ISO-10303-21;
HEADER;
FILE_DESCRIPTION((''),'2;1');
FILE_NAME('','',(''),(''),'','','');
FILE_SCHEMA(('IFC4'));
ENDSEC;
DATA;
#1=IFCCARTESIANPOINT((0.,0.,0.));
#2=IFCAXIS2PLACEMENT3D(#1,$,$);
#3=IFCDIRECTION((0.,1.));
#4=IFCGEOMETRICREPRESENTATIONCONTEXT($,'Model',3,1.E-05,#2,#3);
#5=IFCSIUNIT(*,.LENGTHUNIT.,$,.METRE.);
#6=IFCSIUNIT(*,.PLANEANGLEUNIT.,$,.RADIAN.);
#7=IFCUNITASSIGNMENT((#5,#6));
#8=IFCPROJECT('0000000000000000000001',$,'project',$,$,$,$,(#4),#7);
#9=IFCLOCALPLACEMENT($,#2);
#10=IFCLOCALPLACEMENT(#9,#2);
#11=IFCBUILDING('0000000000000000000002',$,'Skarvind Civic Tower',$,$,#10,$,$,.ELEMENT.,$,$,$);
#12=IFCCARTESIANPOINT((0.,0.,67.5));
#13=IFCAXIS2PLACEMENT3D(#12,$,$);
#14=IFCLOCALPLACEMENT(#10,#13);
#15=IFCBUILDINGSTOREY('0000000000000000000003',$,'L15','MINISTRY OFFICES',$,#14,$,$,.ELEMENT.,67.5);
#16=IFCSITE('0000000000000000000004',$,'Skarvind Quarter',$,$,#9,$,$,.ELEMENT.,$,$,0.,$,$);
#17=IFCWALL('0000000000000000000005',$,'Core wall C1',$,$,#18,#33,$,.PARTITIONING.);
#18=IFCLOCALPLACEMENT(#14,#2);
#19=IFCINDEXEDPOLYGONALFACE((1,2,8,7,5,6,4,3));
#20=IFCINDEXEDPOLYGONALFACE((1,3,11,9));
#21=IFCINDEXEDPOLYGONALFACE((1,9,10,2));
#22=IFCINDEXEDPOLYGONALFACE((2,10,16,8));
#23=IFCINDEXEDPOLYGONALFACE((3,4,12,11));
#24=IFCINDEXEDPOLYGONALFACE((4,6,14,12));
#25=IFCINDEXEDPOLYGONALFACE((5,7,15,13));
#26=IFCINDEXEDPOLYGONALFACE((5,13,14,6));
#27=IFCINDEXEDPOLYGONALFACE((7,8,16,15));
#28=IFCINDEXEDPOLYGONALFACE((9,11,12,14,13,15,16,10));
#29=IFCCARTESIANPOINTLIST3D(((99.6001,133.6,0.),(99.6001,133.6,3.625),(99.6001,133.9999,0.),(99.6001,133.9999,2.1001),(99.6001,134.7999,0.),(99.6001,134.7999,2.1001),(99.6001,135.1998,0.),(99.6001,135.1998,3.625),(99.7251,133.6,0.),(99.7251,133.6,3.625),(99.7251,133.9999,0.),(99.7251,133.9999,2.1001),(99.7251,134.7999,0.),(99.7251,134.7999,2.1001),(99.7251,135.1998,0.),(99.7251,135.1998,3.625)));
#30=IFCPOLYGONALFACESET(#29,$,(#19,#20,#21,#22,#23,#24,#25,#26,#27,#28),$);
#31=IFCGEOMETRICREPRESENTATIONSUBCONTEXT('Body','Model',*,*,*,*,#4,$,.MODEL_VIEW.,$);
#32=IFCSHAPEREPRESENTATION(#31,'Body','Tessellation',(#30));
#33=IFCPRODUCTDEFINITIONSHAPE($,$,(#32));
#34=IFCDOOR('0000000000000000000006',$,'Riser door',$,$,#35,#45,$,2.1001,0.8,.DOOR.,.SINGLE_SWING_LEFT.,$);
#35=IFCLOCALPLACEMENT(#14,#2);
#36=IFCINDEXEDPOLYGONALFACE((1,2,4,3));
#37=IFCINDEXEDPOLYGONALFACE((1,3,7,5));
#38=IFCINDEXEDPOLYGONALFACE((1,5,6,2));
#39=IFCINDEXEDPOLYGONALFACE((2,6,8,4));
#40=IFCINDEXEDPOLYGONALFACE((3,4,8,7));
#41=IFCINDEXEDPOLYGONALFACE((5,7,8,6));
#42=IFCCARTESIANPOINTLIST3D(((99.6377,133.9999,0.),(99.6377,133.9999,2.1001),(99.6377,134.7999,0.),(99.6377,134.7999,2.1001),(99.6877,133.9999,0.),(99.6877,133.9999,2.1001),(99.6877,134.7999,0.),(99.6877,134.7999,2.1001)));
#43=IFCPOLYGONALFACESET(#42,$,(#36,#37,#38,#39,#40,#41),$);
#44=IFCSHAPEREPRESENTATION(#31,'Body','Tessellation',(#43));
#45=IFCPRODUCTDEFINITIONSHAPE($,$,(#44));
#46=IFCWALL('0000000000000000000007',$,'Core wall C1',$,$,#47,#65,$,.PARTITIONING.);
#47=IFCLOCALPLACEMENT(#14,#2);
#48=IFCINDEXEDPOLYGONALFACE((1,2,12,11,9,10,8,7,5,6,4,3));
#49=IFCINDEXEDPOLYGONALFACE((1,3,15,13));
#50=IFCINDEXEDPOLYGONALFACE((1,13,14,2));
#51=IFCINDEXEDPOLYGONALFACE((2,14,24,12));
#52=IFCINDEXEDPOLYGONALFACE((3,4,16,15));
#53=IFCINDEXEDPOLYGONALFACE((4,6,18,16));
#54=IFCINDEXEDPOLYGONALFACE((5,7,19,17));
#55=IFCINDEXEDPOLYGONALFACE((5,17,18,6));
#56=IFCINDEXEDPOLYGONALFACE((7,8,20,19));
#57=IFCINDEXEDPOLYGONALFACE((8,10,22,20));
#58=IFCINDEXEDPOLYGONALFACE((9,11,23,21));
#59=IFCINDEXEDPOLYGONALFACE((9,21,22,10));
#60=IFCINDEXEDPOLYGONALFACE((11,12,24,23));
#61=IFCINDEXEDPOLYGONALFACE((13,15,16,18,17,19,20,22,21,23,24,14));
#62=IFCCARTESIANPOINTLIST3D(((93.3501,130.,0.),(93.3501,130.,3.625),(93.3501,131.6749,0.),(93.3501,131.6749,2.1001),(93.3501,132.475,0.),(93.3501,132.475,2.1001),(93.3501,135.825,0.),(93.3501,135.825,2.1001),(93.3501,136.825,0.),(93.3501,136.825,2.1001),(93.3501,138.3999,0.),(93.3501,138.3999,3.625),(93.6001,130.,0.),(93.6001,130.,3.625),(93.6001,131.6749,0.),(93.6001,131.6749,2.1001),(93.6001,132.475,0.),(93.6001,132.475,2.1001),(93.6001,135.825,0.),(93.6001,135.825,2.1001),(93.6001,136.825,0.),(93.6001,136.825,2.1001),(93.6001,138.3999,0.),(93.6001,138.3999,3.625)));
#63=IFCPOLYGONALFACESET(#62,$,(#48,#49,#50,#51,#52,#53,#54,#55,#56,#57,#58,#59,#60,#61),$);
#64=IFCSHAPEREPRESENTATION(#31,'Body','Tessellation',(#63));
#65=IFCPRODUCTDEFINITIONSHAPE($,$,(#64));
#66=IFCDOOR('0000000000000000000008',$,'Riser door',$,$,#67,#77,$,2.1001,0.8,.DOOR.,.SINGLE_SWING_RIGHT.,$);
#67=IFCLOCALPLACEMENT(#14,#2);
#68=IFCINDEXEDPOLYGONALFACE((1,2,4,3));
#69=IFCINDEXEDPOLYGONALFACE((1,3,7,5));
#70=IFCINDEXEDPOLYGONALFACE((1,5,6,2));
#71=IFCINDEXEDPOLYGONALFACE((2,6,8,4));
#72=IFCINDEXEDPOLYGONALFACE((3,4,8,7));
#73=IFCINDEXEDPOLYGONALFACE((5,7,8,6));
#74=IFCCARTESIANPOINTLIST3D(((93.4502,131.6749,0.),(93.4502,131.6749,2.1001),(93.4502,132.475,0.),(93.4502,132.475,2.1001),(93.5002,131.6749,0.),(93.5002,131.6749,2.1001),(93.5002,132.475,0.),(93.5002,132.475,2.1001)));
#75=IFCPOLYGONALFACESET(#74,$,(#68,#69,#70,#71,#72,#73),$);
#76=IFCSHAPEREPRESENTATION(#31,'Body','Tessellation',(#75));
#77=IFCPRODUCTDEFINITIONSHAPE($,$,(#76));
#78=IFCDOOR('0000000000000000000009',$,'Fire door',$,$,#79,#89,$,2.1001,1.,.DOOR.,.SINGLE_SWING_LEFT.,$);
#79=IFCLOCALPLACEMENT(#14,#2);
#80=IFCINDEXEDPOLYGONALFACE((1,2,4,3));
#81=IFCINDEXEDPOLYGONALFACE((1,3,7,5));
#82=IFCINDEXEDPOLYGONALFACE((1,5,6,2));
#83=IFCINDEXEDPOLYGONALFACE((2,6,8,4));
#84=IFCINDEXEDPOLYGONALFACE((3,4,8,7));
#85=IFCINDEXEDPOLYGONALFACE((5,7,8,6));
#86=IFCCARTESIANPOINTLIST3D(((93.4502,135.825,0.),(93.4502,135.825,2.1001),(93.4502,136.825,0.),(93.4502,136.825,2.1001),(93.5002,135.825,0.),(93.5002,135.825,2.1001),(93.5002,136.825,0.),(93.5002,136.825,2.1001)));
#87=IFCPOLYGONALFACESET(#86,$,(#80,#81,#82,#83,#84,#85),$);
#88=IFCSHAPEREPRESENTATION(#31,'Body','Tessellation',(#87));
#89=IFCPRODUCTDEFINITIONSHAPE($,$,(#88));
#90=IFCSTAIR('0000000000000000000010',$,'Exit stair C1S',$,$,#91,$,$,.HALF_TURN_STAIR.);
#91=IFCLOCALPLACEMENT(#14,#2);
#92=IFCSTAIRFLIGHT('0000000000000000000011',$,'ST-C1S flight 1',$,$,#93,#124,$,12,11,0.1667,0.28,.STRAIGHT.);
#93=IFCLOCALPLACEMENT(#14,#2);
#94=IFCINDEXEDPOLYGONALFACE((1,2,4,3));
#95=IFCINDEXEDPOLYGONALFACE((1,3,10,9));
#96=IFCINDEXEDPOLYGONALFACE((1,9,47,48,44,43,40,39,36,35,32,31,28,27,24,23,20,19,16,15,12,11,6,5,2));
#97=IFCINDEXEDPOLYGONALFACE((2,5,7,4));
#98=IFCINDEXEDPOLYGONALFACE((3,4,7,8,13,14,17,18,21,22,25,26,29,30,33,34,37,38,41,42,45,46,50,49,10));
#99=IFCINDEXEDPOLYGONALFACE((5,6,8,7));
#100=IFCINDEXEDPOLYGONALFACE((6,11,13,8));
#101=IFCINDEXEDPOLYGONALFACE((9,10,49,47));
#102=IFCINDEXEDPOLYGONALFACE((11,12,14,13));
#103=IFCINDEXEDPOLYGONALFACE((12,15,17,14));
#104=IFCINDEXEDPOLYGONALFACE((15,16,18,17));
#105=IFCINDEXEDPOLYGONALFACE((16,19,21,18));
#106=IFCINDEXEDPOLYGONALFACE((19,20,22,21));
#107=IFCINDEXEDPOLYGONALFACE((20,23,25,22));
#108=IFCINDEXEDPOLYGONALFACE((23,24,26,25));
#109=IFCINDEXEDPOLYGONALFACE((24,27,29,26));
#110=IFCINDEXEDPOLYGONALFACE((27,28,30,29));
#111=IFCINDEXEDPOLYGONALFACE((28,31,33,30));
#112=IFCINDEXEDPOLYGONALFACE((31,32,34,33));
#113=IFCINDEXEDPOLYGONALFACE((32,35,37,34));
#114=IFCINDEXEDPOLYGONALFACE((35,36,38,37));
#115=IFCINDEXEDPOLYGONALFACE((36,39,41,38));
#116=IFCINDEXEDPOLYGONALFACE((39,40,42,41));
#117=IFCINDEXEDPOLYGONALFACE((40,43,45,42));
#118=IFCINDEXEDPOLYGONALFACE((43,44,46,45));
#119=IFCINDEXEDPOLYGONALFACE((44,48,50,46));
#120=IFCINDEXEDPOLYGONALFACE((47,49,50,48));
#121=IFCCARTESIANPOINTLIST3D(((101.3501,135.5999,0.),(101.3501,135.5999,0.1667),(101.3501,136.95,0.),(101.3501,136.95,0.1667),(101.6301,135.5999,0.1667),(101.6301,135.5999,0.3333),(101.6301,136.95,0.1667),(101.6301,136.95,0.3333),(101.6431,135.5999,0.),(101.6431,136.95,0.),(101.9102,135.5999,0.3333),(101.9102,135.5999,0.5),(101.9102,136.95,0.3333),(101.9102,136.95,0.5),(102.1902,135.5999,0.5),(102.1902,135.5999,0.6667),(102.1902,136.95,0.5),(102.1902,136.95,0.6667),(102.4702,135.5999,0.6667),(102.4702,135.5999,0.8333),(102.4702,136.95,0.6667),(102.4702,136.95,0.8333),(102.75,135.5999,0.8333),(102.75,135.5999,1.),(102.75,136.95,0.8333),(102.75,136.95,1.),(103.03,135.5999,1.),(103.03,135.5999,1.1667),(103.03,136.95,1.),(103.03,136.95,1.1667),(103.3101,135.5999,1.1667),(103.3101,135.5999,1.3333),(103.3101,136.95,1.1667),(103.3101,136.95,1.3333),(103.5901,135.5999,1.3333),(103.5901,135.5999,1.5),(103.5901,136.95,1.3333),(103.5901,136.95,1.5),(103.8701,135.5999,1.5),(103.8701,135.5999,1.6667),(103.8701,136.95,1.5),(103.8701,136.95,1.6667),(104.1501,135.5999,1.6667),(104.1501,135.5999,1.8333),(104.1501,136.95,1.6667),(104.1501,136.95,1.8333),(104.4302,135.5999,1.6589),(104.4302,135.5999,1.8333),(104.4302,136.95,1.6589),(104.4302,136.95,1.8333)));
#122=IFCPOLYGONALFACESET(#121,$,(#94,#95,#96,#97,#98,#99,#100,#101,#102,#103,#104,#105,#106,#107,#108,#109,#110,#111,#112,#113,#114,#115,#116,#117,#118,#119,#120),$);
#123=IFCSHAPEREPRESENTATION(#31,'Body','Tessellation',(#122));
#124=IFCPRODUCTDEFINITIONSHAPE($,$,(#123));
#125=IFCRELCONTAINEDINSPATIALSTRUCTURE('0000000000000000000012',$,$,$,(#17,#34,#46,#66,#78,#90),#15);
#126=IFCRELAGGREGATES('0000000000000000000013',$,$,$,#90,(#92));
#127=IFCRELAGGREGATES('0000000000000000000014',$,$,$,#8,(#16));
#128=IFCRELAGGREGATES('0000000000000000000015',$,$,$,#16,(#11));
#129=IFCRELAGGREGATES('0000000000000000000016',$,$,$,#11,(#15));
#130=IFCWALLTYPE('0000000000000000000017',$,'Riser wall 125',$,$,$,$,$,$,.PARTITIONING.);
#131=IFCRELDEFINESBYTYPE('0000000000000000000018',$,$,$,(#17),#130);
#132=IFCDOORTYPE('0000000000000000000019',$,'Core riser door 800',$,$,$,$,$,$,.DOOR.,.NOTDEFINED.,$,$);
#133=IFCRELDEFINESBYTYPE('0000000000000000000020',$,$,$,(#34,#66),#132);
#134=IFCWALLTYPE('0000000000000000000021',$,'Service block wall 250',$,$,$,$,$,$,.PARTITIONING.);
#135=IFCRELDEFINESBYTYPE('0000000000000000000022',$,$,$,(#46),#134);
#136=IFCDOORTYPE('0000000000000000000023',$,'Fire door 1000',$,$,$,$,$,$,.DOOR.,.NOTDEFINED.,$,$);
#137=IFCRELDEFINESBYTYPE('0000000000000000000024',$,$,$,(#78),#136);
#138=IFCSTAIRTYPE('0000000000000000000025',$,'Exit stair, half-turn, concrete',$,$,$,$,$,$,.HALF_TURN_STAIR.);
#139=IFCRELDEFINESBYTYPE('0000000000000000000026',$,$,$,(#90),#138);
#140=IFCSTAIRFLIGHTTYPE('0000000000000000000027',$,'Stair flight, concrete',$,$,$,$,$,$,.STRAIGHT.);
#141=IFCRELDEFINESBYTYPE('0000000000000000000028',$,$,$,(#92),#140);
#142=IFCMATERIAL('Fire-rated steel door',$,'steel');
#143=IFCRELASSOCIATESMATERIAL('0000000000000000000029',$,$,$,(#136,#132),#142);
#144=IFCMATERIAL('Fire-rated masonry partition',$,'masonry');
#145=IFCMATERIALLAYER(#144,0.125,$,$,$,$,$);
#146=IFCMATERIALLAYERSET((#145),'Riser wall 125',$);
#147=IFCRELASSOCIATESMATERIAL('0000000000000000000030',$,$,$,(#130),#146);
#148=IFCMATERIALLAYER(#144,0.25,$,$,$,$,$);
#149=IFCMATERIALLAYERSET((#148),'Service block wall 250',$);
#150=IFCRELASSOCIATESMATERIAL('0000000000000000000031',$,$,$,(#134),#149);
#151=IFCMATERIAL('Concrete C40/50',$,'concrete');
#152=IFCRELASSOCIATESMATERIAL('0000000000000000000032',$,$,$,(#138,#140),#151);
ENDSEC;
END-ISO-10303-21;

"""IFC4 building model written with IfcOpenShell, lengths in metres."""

from ifc_helpers import new_model, si_unit, direction, frame, frame_2d, origin, place, context, subcontext, project, spatial, polyline, rectangle, outline, extrude, material, layer, layer_set, type_object, element, fill, aggregate, save


model = new_model("IFC4")

# Units and contexts
model_context = context("Model", 3, precision=1e-05, world=origin(), true_north=direction((0.0, 1.0)))
body_context = subcontext(model_context, "Body", "Model", "MODEL_VIEW")
ifc_project = project(units=[si_unit("LENGTHUNIT", "METRE"), si_unit("PLANEANGLEUNIT", "RADIAN")], contexts=[model_context])

# Site, building, storey
site_placement = place(None, origin())
site = spatial("IfcSite", under=ifc_project, at=site_placement, Name="Skarvind Quarter", CompositionType="ELEMENT", RefElevation=0.0)
building_placement = place(site_placement, origin())
building = spatial("IfcBuilding", under=site, at=building_placement, Name="Skarvind Civic Tower", CompositionType="ELEMENT")
storey_placement = place(building_placement, frame((0.0, 0.0, 67.5)))
storey = spatial("IfcBuildingStorey", under=building, at=storey_placement, Name="L15", Description="MINISTRY OFFICES", CompositionType="ELEMENT", Elevation=67.5)

# Shared definitions
ifc_material_1 = material(Name="Fire-rated masonry partition", Category="masonry")
ifc_material_2 = material(Name="Fire-rated steel door", Category="steel")

# Shared definitions
door_type_1 = type_object("IfcDoorType", Name="Fire door 1000", OperationType="NOTDEFINED", PredefinedType="DOOR", material=ifc_material_2)

# Wall, opening, door
ifc_layer_1 = layer(ifc_material_1, 0.125)
ifc_layer_set_1 = layer_set([ifc_layer_1], Name="Riser wall 125")
wall_type_1 = type_object("IfcWallType", Name="Riser wall 125", PredefinedType="PARTITIONING", material=ifc_layer_set_1)
wall_1_placement = place(storey_placement, frame((99.6626, 133.6001, 0.0), z_axis=(0.0, 0.0, 1.0), x_axis=(0.0, 1.0, 0.0)))
wall_1 = element("IfcWall", 1, at=wall_1_placement, inside=storey, type_object=wall_type_1, Name="Core wall C1", PredefinedType="PARTITIONING", context=body_context, shape_type="SweptSolid", body=[
    extrude(rectangle(XDim=1.5999, YDim=0.125, at=frame_2d((0.7998, 0.0))), origin(), (0.0, 0.0, 1.0), 3.625),
])
opening_1_placement = place(wall_1_placement, frame((0.3999, 0.0, 0.0)))
opening_1 = element("IfcOpeningElement", 2, at=opening_1_placement, cuts=wall_1, PredefinedType="OPENING", context=body_context, shape_type="SweptSolid", body=[
    extrude(rectangle(XDim=0.8, YDim=2.1001, at=frame_2d((0.3999, 1.05))), frame((0.0, 0.0725, 0.0), z_axis=(0.0, -1.0, 0.0), x_axis=(1.0, 0.0, 0.0)), (0.0, 0.0, 1.0), 0.145),
])
door_type_2 = type_object("IfcDoorType", Name="Core riser door 800", OperationType="NOTDEFINED", PredefinedType="DOOR", material=ifc_material_2)
door_1_placement = place(opening_1_placement, origin())
door_1 = element("IfcDoor", 3, at=door_1_placement, inside=storey, type_object=door_type_2, Name="Riser door", OperationType="SINGLE_SWING_LEFT", OverallHeight=2.1001, OverallWidth=0.8, PredefinedType="DOOR", context=body_context, shape_type="SweptSolid", body=[
    extrude(rectangle(XDim=0.8, YDim=2.1001, at=frame_2d((0.3999, 1.05))), frame((0.0, 0.0249, 0.0), z_axis=(0.0, -1.0, 0.0), x_axis=(1.0, 0.0, 0.0)), (0.0, 0.0, 1.0), 0.05),
])
fill(opening_1, door_1)

# Wall, openings, doors
ifc_layer_2 = layer(ifc_material_1, 0.25)
ifc_layer_set_2 = layer_set([ifc_layer_2], Name="Service block wall 250")
wall_type_2 = type_object("IfcWallType", Name="Service block wall 250", PredefinedType="PARTITIONING", material=ifc_layer_set_2)
wall_2_placement = place(storey_placement, frame((93.4751, 130.0, 0.0), z_axis=(0.0, 0.0, 1.0), x_axis=(0.0, 1.0, 0.0)))
wall_2 = element("IfcWall", 4, at=wall_2_placement, inside=storey, type_object=wall_type_2, Name="Core wall C1", PredefinedType="PARTITIONING", context=body_context, shape_type="SweptSolid", body=[
    extrude(rectangle(XDim=8.3999, YDim=0.25, at=frame_2d((4.2, 0.0))), origin(), (0.0, 0.0, 1.0), 3.625),
])
opening_2_placement = place(wall_2_placement, frame((1.675, 0.0, 0.0)))
opening_2 = element("IfcOpeningElement", 5, at=opening_2_placement, cuts=wall_2, PredefinedType="OPENING", context=body_context, shape_type="SweptSolid", body=[
    extrude(rectangle(XDim=0.8, YDim=2.1001, at=frame_2d((0.3999, 1.05))), frame((0.0, 0.135, 0.0), z_axis=(0.0, -1.0, 0.0), x_axis=(1.0, 0.0, 0.0)), (0.0, 0.0, 1.0), 0.27),
])
opening_3_placement = place(wall_2_placement, frame((5.825, 0.0, 0.0)))
opening_3 = element("IfcOpeningElement", 6, at=opening_3_placement, cuts=wall_2, PredefinedType="OPENING", context=body_context, shape_type="SweptSolid", body=[
    extrude(rectangle(XDim=1.0, YDim=2.1001, at=frame_2d((0.5, 1.05))), frame((0.0, 0.135, 0.0), z_axis=(0.0, -1.0, 0.0), x_axis=(1.0, 0.0, 0.0)), (0.0, 0.0, 1.0), 0.27),
])
door_2_placement = place(opening_2_placement, origin())
door_2 = element("IfcDoor", 7, at=door_2_placement, inside=storey, type_object=door_type_2, Name="Riser door", OperationType="SINGLE_SWING_RIGHT", OverallHeight=2.1001, OverallWidth=0.8, PredefinedType="DOOR", context=body_context, shape_type="SweptSolid", body=[
    extrude(rectangle(XDim=0.8, YDim=2.1001, at=frame_2d((0.3999, 1.05))), frame((0.0, 0.0249, 0.0), z_axis=(0.0, -1.0, 0.0), x_axis=(1.0, 0.0, 0.0)), (0.0, 0.0, 1.0), 0.05),
])
fill(opening_2, door_2)
door_3_placement = place(opening_3_placement, origin())
door_3 = element("IfcDoor", 8, at=door_3_placement, inside=storey, type_object=door_type_1, Name="Fire door", OperationType="SINGLE_SWING_LEFT", OverallHeight=2.1001, OverallWidth=1.0, PredefinedType="DOOR", context=body_context, shape_type="SweptSolid", body=[
    extrude(rectangle(XDim=1.0, YDim=2.1001, at=frame_2d((0.5, 1.05))), frame((0.0, 0.0249, 0.0), z_axis=(0.0, -1.0, 0.0), x_axis=(1.0, 0.0, 0.0)), (0.0, 0.0, 1.0), 0.05),
])
fill(opening_3, door_3)

# Stair, stair flight
ifc_material_3 = material(Name="Concrete C40/50", Category="concrete")
stair_type = type_object("IfcStairType", Name="Exit stair, half-turn, concrete", PredefinedType="HALF_TURN_STAIR", material=ifc_material_3)
stair_placement = place(storey_placement, origin())
stair = element("IfcStair", 9, at=stair_placement, inside=storey, type_object=stair_type, Name="Exit stair C1S", PredefinedType="HALF_TURN_STAIR")
stair_flight_type = type_object("IfcStairFlightType", Name="Stair flight, concrete", PredefinedType="STRAIGHT", material=ifc_material_3)
stair_flight_placement = place(storey_placement, frame((101.3501, 136.2749, 0.0), z_axis=(0.0, 0.0, 1.0), x_axis=(1.0, 0.0, 0.0)))
stair_flight = element("IfcStairFlight", 10, at=stair_flight_placement, type_object=stair_flight_type, Name="ST-C1S flight 1", NumberOfRisers=12, NumberOfTreads=11, PredefinedType="STRAIGHT", RiserHeight=0.1667, TreadLength=0.28, context=body_context, shape_type="SweptSolid", body=[
    extrude(outline(polyline([(0.0, 0.0), (0.0, 0.1667), (0.28, 0.1667), (0.28, 0.3333), (0.5601, 0.3333), (0.5601, 0.5), (0.8401, 0.5), (0.8401, 0.6667), (1.1201, 0.6667), (1.1201, 0.8333), (1.3999, 0.8333), (1.3999, 1.0), (1.6799, 1.0), (1.6799, 1.1667), (1.96, 1.1667), (1.96, 1.3333), (2.24, 1.3333), (2.24, 1.5), (2.52, 1.5), (2.52, 1.6667), (2.8, 1.6667), (2.8, 1.8333), (3.0801, 1.8333), (3.0801, 2.0), (3.0801, 1.6589), (0.293, 0.0), (0.0, 0.0)])), frame((0.0, 0.675, 0.0), z_axis=(0.0, -1.0, 0.0), x_axis=(1.0, 0.0, 0.0)), (0.0, 0.0, 1.0), 1.3501),
])
aggregate(stair, [stair_flight])

save(model, "model.ifc")
